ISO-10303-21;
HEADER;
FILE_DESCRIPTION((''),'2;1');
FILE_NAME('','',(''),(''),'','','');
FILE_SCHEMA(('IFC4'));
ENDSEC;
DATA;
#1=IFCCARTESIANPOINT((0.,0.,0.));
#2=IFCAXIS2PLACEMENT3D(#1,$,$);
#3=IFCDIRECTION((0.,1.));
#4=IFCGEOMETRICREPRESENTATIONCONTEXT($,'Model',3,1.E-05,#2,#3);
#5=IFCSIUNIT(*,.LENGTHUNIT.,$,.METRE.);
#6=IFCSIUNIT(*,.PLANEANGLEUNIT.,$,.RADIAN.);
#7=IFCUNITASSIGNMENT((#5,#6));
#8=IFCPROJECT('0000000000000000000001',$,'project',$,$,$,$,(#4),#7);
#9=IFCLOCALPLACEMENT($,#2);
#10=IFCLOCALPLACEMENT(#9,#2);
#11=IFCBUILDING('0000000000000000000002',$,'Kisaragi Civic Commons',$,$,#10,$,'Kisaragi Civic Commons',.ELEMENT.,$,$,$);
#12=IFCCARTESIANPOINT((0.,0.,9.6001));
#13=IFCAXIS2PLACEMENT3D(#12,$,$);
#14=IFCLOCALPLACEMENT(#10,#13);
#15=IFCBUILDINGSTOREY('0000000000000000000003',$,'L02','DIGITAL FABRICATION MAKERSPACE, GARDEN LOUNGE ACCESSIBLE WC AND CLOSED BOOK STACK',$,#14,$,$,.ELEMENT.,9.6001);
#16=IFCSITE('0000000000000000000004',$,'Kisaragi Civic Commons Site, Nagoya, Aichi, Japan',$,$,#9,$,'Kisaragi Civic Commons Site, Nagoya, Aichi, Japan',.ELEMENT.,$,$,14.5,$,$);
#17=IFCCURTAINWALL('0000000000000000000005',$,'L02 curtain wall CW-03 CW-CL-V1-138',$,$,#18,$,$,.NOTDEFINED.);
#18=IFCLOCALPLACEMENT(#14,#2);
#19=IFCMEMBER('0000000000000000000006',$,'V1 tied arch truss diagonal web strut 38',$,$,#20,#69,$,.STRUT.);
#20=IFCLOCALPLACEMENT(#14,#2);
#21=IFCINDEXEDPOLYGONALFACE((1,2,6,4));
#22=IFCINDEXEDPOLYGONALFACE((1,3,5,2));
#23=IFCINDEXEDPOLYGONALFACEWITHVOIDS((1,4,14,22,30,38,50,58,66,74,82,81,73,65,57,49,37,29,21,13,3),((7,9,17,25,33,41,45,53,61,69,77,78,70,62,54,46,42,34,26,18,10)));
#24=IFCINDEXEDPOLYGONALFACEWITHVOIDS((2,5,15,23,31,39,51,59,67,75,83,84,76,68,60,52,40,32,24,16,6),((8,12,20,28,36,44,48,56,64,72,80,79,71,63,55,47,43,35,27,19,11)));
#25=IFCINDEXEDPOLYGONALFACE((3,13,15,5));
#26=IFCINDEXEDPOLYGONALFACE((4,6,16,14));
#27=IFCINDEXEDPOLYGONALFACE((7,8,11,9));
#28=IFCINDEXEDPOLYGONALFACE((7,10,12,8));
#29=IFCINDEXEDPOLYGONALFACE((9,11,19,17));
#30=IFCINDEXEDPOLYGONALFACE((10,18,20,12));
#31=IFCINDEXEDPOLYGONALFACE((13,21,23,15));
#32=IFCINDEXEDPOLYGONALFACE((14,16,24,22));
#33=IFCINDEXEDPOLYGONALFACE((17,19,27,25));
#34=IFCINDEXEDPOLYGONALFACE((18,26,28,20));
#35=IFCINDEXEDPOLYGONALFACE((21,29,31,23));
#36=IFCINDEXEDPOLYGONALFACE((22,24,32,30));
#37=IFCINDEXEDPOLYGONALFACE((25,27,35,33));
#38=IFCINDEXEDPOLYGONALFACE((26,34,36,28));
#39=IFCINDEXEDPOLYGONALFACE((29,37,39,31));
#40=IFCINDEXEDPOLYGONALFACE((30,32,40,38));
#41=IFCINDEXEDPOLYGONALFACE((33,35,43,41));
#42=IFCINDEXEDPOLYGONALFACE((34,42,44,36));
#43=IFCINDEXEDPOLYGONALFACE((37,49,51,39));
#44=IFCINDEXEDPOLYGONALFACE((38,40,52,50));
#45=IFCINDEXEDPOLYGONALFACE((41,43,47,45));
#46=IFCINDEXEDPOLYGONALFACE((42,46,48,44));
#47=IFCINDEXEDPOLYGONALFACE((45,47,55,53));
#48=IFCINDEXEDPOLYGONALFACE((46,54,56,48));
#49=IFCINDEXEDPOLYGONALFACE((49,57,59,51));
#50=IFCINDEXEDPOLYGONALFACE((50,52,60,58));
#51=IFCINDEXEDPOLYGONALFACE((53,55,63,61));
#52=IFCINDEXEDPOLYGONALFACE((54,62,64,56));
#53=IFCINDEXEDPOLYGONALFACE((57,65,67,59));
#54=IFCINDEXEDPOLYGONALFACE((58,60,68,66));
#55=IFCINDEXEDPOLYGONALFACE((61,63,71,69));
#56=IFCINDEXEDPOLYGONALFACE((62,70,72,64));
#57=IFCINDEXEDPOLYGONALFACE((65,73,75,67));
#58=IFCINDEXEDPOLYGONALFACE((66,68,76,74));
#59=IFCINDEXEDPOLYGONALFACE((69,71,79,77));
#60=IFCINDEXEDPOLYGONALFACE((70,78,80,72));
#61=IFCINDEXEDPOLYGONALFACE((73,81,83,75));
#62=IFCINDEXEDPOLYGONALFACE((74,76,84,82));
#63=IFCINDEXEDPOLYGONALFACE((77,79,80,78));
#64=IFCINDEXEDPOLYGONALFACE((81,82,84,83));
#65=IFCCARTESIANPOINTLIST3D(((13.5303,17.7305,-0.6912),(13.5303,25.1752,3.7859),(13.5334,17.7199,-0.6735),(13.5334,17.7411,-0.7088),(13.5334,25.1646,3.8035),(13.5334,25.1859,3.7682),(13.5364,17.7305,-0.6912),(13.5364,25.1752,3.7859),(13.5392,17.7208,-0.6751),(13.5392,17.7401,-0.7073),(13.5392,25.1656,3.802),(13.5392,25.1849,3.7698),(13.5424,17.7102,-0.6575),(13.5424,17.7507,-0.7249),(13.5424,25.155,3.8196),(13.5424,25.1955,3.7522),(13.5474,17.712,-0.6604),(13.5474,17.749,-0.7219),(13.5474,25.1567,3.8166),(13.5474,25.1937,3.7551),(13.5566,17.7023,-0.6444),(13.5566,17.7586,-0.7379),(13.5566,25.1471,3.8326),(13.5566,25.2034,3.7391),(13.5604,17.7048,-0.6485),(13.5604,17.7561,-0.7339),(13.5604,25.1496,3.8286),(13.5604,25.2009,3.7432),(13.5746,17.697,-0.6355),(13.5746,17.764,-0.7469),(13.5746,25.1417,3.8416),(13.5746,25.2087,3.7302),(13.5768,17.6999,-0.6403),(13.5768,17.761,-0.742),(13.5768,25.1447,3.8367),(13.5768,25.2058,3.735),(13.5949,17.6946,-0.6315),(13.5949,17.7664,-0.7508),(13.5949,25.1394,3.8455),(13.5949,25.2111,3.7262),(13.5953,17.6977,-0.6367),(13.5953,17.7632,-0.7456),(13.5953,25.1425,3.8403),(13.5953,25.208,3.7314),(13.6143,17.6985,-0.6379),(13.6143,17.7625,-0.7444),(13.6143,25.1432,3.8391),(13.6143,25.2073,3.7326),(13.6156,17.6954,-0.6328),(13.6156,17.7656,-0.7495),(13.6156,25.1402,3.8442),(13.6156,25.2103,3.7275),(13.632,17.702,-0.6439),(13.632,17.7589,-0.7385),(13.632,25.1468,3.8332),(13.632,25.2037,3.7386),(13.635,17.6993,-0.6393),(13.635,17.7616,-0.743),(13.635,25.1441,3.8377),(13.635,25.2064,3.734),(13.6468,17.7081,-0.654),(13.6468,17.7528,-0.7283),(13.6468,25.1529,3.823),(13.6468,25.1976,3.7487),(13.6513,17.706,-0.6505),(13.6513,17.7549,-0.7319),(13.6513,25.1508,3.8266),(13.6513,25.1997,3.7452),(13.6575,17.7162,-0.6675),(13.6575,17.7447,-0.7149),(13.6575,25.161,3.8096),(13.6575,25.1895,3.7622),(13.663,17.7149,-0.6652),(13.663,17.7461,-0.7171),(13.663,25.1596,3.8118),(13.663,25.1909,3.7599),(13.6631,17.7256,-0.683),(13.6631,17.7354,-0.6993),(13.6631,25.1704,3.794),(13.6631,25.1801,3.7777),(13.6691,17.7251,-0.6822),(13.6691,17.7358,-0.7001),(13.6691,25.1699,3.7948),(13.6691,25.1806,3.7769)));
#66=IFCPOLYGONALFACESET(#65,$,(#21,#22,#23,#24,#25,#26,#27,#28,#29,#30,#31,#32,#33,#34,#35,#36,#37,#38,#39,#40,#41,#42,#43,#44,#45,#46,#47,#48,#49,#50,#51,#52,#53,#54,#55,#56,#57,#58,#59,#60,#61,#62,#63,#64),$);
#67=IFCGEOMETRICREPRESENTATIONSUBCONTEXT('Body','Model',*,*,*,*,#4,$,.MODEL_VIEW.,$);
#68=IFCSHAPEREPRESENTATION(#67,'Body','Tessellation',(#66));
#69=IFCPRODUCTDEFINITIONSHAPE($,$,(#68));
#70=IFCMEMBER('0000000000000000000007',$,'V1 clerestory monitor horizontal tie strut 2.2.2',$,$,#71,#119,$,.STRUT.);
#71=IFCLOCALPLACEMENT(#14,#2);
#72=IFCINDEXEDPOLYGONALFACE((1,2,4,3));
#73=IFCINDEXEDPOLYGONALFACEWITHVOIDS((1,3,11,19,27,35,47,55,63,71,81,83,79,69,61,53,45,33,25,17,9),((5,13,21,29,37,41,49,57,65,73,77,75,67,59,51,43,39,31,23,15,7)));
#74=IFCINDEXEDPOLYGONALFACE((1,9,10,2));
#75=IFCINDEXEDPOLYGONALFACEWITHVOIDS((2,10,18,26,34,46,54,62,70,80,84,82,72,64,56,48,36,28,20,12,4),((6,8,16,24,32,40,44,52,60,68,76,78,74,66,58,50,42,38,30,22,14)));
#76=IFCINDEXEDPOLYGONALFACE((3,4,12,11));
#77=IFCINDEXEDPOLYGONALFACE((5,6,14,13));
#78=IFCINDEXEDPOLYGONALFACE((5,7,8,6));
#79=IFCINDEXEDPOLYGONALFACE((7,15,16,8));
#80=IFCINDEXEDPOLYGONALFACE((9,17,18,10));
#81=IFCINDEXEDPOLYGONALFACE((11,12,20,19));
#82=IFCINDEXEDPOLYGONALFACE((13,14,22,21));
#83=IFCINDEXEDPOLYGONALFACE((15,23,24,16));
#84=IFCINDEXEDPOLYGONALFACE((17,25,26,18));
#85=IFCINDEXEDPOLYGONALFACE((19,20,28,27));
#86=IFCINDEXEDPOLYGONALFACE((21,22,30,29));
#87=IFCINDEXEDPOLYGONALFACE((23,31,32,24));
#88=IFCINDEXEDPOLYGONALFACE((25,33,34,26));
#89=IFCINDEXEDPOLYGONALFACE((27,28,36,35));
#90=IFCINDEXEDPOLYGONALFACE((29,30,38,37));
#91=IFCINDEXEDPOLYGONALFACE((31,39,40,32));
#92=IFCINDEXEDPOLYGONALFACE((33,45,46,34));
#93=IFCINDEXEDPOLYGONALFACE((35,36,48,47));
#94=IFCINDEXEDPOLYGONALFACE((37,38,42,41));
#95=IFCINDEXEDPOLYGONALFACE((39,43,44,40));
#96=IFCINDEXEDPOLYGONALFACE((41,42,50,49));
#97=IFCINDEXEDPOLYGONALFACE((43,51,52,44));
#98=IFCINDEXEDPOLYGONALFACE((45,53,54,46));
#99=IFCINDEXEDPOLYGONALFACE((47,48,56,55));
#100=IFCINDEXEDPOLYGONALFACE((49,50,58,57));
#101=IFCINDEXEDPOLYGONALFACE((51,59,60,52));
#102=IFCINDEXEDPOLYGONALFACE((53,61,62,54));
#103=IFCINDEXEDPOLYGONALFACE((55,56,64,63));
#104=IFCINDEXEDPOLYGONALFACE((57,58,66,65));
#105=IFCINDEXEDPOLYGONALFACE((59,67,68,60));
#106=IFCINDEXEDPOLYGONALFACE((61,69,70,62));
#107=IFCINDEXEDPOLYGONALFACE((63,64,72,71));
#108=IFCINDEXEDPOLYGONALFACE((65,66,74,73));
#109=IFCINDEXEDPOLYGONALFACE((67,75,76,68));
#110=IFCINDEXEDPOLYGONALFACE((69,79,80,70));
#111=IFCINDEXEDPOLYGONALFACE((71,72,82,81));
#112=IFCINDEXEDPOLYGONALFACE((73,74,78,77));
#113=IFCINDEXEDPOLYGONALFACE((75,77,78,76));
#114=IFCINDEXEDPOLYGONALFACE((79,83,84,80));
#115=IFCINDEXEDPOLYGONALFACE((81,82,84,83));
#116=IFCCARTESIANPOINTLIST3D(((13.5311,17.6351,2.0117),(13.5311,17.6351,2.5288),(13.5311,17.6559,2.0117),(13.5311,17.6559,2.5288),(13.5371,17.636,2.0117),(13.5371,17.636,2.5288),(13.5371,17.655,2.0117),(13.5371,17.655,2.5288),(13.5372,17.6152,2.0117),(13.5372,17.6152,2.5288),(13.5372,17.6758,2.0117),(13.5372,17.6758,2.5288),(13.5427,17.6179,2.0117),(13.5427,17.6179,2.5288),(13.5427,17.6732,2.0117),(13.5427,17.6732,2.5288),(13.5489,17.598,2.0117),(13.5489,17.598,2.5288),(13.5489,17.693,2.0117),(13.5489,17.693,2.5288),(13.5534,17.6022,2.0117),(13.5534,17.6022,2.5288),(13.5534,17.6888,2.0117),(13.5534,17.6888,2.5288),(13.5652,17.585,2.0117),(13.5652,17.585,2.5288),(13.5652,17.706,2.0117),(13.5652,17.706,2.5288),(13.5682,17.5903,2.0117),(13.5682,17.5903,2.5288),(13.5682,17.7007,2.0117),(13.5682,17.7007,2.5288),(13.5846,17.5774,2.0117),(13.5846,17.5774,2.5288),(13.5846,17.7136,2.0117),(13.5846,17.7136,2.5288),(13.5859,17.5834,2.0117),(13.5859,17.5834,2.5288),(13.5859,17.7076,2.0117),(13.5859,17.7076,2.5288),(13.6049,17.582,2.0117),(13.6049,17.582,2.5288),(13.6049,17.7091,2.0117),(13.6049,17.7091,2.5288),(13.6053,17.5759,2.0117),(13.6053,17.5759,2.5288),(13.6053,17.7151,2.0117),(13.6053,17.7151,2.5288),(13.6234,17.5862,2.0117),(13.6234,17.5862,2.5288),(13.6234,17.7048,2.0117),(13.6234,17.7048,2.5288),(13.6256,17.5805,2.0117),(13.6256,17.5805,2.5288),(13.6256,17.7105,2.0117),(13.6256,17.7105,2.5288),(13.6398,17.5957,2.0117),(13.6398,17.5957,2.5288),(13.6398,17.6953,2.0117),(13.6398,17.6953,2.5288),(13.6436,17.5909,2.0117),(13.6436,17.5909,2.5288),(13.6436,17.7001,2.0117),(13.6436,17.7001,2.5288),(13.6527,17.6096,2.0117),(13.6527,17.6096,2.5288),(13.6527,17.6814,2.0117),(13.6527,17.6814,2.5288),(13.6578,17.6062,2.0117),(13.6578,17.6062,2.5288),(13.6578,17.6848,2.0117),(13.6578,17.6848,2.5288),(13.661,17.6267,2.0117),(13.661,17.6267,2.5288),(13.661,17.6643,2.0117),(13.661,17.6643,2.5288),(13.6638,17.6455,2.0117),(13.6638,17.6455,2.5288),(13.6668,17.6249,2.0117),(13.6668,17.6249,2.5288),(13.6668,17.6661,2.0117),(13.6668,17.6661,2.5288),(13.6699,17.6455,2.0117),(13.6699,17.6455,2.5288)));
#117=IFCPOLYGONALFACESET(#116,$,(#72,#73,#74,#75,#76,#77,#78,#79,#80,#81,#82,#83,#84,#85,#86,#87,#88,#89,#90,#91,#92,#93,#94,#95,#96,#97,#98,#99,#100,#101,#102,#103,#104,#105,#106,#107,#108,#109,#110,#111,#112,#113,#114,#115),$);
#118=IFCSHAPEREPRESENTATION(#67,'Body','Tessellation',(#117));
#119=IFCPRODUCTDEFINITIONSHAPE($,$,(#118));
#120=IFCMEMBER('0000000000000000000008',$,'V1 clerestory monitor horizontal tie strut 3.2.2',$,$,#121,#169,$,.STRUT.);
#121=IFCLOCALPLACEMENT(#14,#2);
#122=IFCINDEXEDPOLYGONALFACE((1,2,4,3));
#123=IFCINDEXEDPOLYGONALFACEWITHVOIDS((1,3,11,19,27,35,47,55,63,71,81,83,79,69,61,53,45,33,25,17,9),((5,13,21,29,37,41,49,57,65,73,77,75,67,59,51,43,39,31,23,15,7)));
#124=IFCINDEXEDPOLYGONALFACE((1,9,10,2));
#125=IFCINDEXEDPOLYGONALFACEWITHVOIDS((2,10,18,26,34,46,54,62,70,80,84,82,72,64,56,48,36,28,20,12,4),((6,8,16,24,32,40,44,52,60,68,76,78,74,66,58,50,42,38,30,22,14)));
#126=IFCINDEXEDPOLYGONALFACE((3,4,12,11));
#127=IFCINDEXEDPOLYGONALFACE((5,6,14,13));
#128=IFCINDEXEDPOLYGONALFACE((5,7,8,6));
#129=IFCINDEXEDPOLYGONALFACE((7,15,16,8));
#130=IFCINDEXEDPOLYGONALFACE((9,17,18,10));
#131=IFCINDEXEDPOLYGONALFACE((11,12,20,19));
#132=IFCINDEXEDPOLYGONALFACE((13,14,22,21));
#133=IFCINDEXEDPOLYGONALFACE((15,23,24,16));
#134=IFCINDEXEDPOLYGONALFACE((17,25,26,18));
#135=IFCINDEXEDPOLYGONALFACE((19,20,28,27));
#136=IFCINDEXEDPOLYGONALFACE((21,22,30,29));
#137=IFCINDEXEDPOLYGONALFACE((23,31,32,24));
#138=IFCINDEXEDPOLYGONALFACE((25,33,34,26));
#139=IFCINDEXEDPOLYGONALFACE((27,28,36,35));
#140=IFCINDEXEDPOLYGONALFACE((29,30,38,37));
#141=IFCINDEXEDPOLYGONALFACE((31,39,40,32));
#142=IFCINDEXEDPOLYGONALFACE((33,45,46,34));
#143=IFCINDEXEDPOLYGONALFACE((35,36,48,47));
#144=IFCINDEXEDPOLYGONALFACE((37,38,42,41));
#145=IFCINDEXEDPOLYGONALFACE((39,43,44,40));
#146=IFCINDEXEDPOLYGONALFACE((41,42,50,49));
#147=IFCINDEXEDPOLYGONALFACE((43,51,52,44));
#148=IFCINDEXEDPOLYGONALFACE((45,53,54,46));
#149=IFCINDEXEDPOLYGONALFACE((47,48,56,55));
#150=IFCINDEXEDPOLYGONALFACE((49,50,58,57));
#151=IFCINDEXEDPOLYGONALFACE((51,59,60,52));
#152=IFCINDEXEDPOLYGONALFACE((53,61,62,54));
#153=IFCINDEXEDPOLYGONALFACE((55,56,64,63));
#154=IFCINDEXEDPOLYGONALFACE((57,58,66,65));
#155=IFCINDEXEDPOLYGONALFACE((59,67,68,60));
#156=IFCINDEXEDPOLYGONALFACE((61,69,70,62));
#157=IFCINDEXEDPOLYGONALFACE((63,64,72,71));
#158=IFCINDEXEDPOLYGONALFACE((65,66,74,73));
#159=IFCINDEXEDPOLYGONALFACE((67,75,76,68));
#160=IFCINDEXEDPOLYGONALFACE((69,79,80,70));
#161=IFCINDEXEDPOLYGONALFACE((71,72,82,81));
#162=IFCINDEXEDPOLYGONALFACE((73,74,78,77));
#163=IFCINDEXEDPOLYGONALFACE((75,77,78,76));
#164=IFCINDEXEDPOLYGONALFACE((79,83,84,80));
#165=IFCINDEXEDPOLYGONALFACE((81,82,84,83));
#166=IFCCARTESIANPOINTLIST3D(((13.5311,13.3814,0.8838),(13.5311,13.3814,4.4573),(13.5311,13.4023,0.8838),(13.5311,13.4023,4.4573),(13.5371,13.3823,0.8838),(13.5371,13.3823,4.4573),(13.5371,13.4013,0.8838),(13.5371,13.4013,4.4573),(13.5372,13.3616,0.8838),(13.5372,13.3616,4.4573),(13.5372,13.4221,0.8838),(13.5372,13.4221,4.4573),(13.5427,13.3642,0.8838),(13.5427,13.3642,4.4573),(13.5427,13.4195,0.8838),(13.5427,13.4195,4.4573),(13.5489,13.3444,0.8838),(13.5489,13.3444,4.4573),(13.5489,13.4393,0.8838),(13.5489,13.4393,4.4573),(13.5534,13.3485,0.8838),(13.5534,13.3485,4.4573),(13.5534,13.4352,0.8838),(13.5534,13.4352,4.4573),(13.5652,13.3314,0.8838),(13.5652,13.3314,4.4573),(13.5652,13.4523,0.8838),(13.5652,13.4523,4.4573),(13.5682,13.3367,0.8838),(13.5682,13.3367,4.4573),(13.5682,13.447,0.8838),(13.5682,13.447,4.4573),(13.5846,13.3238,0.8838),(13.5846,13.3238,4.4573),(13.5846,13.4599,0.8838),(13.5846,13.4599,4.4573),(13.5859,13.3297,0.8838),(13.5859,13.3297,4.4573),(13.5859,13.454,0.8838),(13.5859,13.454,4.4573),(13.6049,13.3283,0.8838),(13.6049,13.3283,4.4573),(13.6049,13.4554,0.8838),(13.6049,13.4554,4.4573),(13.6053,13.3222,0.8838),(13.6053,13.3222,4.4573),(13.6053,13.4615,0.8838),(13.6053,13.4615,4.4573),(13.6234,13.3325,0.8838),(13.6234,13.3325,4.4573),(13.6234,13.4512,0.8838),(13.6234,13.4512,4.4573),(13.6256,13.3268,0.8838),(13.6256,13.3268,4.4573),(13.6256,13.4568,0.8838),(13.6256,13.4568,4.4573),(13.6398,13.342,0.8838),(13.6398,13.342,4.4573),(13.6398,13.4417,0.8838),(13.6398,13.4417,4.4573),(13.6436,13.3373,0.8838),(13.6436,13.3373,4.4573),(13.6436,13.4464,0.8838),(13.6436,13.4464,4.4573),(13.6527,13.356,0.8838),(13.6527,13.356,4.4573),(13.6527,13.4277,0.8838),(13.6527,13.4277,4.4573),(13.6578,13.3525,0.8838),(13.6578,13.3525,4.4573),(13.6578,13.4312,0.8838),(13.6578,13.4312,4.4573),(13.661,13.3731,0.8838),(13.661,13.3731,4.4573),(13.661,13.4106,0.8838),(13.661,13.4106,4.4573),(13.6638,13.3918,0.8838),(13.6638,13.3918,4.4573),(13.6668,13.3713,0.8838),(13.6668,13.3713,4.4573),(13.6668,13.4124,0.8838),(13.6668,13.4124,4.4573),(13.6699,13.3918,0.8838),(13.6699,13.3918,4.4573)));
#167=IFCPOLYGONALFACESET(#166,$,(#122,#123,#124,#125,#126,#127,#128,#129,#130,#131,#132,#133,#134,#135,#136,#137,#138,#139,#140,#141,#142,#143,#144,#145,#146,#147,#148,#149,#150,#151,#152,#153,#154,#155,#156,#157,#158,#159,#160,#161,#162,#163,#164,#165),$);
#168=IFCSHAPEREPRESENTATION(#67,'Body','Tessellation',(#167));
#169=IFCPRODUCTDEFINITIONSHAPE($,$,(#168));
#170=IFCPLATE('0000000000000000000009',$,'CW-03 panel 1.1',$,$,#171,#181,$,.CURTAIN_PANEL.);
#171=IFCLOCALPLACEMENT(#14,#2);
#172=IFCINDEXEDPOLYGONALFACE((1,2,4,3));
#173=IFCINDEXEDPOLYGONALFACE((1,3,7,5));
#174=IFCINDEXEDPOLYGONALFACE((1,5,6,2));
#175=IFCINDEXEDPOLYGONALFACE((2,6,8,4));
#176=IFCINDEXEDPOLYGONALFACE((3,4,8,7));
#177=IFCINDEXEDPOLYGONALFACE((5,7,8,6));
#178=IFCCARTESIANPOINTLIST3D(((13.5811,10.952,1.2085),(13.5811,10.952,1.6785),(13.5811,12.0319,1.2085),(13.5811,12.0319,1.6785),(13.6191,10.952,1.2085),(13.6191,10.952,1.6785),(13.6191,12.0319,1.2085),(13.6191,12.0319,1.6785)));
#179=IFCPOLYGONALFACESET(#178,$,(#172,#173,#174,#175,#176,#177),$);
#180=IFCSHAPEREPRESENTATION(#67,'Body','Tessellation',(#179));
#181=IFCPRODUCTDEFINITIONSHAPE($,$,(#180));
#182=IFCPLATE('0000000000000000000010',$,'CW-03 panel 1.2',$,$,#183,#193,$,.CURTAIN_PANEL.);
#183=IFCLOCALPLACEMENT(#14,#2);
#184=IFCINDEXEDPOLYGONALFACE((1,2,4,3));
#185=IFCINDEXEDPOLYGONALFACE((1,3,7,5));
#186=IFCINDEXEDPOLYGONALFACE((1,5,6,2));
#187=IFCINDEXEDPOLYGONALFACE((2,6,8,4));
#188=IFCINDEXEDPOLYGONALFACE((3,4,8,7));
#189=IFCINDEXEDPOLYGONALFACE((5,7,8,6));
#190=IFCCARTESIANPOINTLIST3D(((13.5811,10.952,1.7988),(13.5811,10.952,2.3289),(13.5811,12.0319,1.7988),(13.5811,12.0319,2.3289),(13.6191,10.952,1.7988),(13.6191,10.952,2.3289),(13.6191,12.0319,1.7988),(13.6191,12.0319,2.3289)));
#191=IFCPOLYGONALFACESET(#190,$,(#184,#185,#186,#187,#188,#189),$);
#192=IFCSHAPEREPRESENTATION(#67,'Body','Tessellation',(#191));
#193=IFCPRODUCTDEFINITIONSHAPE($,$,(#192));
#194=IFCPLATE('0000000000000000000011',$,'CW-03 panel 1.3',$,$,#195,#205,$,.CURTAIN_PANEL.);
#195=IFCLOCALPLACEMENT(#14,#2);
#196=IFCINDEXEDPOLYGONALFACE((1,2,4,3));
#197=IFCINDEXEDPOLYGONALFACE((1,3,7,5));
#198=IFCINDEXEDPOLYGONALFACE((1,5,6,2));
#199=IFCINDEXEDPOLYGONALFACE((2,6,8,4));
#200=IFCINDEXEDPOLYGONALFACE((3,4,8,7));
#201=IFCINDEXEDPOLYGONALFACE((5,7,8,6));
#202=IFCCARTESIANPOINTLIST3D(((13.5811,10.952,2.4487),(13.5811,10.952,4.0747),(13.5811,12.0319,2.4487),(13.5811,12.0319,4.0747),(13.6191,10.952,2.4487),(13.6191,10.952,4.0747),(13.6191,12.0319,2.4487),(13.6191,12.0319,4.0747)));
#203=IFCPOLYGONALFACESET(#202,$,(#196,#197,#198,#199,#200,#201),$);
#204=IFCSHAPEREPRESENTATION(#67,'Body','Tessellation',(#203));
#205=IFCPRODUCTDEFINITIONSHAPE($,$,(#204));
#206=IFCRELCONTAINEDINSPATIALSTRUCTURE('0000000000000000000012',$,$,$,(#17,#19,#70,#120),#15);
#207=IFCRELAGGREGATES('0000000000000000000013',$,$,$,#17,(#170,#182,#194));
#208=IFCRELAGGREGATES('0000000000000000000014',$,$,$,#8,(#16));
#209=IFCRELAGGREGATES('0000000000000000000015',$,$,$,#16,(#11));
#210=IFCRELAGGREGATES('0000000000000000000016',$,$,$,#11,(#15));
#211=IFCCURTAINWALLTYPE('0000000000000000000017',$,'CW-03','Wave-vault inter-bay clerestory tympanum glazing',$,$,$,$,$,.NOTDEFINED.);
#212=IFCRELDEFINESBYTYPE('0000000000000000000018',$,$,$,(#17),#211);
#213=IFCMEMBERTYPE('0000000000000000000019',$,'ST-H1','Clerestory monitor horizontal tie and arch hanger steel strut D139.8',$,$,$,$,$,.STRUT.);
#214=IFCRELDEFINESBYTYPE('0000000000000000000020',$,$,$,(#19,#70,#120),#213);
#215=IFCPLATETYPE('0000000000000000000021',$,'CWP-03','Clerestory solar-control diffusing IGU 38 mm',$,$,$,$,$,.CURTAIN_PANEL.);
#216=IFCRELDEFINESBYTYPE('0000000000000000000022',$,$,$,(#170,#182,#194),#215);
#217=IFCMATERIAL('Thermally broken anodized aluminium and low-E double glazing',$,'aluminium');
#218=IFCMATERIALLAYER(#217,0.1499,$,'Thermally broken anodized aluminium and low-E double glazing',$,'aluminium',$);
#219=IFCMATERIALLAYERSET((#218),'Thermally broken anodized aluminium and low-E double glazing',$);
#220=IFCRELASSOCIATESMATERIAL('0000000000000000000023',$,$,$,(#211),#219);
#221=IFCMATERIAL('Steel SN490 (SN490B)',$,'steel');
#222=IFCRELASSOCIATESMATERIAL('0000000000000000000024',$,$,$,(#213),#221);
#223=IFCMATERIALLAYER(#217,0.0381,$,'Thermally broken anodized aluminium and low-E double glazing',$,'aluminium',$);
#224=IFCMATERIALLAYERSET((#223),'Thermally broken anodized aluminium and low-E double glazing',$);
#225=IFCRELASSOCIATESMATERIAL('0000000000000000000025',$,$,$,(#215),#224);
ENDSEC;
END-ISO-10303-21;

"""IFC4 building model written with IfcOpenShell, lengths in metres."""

from ifc_helpers import new_model, si_unit, direction, frame, origin, origin_2d, place, context, subcontext, project, spatial, rectangle, hollow_circle, extrude, material, layer, layer_set, material_profile, profile_set, type_object, element, aggregate, save


model = new_model("IFC4")

# Units and contexts
model_context = context("Model", 3, precision=1e-05, world=origin(), true_north=direction((0.0, 1.0)))
body_context = subcontext(model_context, "Body", "Model", "MODEL_VIEW")
ifc_project = project(units=[si_unit("LENGTHUNIT", "METRE"), si_unit("PLANEANGLEUNIT", "RADIAN")], contexts=[model_context])

# Site, building, storey
site_placement = place(None, origin())
site = spatial("IfcSite", under=ifc_project, at=site_placement, Name="Kisaragi Civic Commons Site, Nagoya, Aichi, Japan", LongName="Kisaragi Civic Commons Site, Nagoya, Aichi, Japan", CompositionType="ELEMENT", RefElevation=14.5)
building_placement = place(site_placement, origin())
building = spatial("IfcBuilding", under=site, at=building_placement, Name="Kisaragi Civic Commons", LongName="Kisaragi Civic Commons", CompositionType="ELEMENT")
storey_placement = place(building_placement, frame((0.0, 0.0, 9.6001)))
storey = spatial("IfcBuildingStorey", under=building, at=storey_placement, Name="L02", Description="DIGITAL FABRICATION MAKERSPACE, GARDEN LOUNGE ACCESSIBLE WC AND CLOSED BOOK STACK", CompositionType="ELEMENT", Elevation=9.6001)

# Curtain wall
ifc_material_1 = material(Name="Thermally broken anodized aluminium and low-E double glazing", Category="aluminium")
ifc_layer_1 = layer(ifc_material_1, 0.1499, Name="Thermally broken anodized aluminium and low-E double glazing", Category="aluminium")
ifc_layer_set_1 = layer_set([ifc_layer_1], Name="Thermally broken anodized aluminium and low-E double glazing")
curtain_wall_type = type_object("IfcCurtainWallType", Name="CW-03", Description="Wave-vault inter-bay clerestory tympanum glazing", PredefinedType="NOTDEFINED", material=ifc_layer_set_1)
curtain_wall_placement = place(storey_placement, origin())
curtain_wall = element("IfcCurtainWall", 1, at=curtain_wall_placement, inside=storey, type_object=curtain_wall_type, Name="L02 curtain wall CW-03 CW-CL-V1-138", PredefinedType="NOTDEFINED")

# Members
ifc_material_2 = material(Name="Steel SN490 (SN490B)", Category="steel")
ifc_material_profile_1 = material_profile(ifc_material_2, hollow_circle(Radius=0.0698, WallThickness=0.0061, at=origin_2d()), Name="CHS-139.8x6.0", Category="steel")
ifc_profile_set_1 = profile_set([ifc_material_profile_1], Name="Steel SN490 (SN490B)")
member_type_1 = type_object("IfcMemberType", Name="ST-H1", Description="Clerestory monitor horizontal tie and arch hanger steel strut D139.8", PredefinedType="STRUT", material=ifc_profile_set_1)
member_1_placement = place(storey_placement, frame((13.6001, 17.7305, -0.6912), z_axis=(0.0, 0.856977, 0.515355), x_axis=(-1.0, 0.0, 0.0)))
element("IfcMember", 2, at=member_1_placement, inside=storey, type_object=member_type_1, Name="V1 tied arch truss diagonal web strut 38", PredefinedType="STRUT", context=body_context, shape_type="SweptSolid", body=[
    extrude(hollow_circle(Radius=0.0698, WallThickness=0.0061, at=origin_2d()), origin(), (0.0, 0.0, 1.0), 8.6873),
])
member_2_placement = place(storey_placement, frame((13.6001, 17.6455, 2.0117), z_axis=(0.0, 0.0, 1.0), x_axis=(1.0, 0.0, 0.0)))
element("IfcMember", 3, at=member_2_placement, inside=storey, type_object=member_type_1, Name="V1 clerestory monitor horizontal tie strut 2.2.2", PredefinedType="STRUT", context=body_context, shape_type="SweptSolid", body=[
    extrude(hollow_circle(Radius=0.0698, WallThickness=0.0061, at=origin_2d()), origin(), (0.0, 0.0, 1.0), 0.5171),
])
member_3_placement = place(storey_placement, frame((13.6001, 13.3918, 0.8838), z_axis=(0.0, 0.0, 1.0), x_axis=(1.0, 0.0, 0.0)))
element("IfcMember", 4, at=member_3_placement, inside=storey, type_object=member_type_1, Name="V1 clerestory monitor horizontal tie strut 3.2.2", PredefinedType="STRUT", context=body_context, shape_type="SweptSolid", body=[
    extrude(hollow_circle(Radius=0.0698, WallThickness=0.0061, at=origin_2d()), origin(), (0.0, 0.0, 1.0), 3.5735),
])

# Plates
ifc_layer_2 = layer(ifc_material_1, 0.0381, Name="Thermally broken anodized aluminium and low-E double glazing", Category="aluminium")
ifc_layer_set_2 = layer_set([ifc_layer_2], Name="Thermally broken anodized aluminium and low-E double glazing")
plate_type_1 = type_object("IfcPlateType", Name="CWP-03", Description="Clerestory solar-control diffusing IGU 38 mm", PredefinedType="CURTAIN_PANEL", material=ifc_layer_set_2)
plate_1_placement = place(storey_placement, frame((13.6001, 11.4919, 1.2085), z_axis=(0.0, 0.0, 1.0), x_axis=(0.0, 1.0, 0.0)))
plate_1 = element("IfcPlate", 5, at=plate_1_placement, type_object=plate_type_1, Name="CW-03 panel 1.1", PredefinedType="CURTAIN_PANEL", context=body_context, shape_type="SweptSolid", body=[
    extrude(rectangle(XDim=1.0798, YDim=0.0381, at=origin_2d()), origin(), (0.0, 0.0, 1.0), 0.47),
])
plate_2_placement = place(storey_placement, frame((13.6001, 11.4919, 1.7988), z_axis=(0.0, 0.0, 1.0), x_axis=(0.0, 1.0, 0.0)))
plate_2 = element("IfcPlate", 6, at=plate_2_placement, type_object=plate_type_1, Name="CW-03 panel 1.2", PredefinedType="CURTAIN_PANEL", context=body_context, shape_type="SweptSolid", body=[
    extrude(rectangle(XDim=1.0798, YDim=0.0381, at=origin_2d()), origin(), (0.0, 0.0, 1.0), 0.53),
])
plate_3_placement = place(storey_placement, frame((13.6001, 11.4919, 2.4487), z_axis=(0.0, 0.0, 1.0), x_axis=(0.0, 1.0, 0.0)))
plate_3 = element("IfcPlate", 7, at=plate_3_placement, type_object=plate_type_1, Name="CW-03 panel 1.3", PredefinedType="CURTAIN_PANEL", context=body_context, shape_type="SweptSolid", body=[
    extrude(rectangle(XDim=1.0798, YDim=0.0381, at=origin_2d()), origin(), (0.0, 0.0, 1.0), 1.626),
])
aggregate(curtain_wall, [plate_1, plate_2, plate_3])

save(model, "model.ifc")
